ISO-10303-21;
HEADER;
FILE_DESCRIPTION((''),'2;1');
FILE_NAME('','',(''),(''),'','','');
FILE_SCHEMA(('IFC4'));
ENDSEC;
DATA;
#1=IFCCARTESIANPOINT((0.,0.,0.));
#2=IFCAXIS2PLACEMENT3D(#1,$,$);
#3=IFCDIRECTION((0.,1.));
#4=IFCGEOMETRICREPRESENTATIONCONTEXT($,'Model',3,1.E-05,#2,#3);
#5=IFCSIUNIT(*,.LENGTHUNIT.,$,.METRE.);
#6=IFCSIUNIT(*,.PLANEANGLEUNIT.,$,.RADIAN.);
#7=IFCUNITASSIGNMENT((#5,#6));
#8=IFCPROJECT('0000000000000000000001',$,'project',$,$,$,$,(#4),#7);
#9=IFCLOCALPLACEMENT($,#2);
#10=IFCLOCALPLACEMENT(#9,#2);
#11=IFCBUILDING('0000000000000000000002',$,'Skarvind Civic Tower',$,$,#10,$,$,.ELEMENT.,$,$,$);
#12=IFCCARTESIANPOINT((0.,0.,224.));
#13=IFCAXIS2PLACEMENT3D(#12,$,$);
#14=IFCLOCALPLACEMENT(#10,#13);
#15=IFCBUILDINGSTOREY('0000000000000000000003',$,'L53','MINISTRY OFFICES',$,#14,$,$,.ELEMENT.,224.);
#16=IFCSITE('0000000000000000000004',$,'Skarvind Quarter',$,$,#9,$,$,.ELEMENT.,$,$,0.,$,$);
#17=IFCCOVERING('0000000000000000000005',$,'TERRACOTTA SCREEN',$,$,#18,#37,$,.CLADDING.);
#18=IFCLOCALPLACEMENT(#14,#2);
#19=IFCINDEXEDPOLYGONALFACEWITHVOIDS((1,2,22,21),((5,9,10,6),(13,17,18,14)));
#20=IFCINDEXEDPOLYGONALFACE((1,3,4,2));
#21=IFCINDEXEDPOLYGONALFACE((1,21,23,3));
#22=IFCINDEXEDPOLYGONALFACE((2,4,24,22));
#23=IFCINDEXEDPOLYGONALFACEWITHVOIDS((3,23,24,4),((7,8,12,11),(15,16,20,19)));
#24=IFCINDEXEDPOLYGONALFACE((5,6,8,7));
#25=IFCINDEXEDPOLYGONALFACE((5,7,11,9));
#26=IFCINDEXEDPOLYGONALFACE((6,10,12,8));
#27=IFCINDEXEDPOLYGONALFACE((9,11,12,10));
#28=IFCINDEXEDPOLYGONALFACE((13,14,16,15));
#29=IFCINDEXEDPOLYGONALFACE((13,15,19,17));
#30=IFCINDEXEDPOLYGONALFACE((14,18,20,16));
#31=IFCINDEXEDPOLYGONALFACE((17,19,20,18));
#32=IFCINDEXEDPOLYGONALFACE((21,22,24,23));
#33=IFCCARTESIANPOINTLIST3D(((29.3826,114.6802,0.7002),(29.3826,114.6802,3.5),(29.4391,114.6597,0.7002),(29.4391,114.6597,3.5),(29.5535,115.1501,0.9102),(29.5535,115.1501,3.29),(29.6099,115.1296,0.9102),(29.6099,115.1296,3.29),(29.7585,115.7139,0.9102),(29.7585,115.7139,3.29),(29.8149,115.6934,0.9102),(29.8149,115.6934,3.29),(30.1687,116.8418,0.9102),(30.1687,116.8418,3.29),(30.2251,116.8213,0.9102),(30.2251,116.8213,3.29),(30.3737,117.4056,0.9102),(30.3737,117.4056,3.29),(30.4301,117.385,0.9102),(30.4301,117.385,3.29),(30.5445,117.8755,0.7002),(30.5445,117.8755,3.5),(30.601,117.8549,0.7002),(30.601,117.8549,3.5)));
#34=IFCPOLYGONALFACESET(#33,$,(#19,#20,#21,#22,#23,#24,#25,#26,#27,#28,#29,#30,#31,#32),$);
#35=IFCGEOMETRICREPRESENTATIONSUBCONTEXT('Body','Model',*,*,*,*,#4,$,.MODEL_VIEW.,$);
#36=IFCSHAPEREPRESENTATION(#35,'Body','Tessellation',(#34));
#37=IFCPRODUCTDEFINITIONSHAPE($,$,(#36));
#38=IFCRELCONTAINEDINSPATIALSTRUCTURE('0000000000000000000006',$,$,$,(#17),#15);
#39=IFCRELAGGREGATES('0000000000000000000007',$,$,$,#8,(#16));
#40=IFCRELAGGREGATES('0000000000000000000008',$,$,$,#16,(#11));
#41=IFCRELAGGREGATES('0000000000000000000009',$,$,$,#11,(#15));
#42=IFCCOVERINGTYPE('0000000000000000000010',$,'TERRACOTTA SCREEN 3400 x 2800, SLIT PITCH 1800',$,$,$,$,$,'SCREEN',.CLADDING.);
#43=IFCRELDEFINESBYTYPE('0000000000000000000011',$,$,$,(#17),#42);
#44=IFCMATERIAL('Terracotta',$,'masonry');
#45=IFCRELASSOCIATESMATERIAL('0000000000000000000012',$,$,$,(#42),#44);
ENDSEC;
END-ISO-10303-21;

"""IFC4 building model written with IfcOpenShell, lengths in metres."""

from ifc_helpers import new_model, si_unit, direction, frame, origin, place, context, subcontext, project, spatial, polyline, outline, extrude, material, material_profile, profile_set, type_object, element, save


model = new_model("IFC4")

# Units and contexts
model_context = context("Model", 3, precision=1e-05, world=origin(), true_north=direction((0.0, 1.0)))
body_context = subcontext(model_context, "Body", "Model", "MODEL_VIEW")
ifc_project = project(units=[si_unit("LENGTHUNIT", "METRE"), si_unit("PLANEANGLEUNIT", "RADIAN")], contexts=[model_context])

# Site, building, storey
site_placement = place(None, origin())
site = spatial("IfcSite", under=ifc_project, at=site_placement, Name="Skarvind Quarter", CompositionType="ELEMENT", RefElevation=0.0)
building_placement = place(site_placement, origin())
building = spatial("IfcBuilding", under=site, at=building_placement, Name="Skarvind Civic Tower", CompositionType="ELEMENT")
storey_placement = place(building_placement, frame((0.0, 0.0, 224.0)))
storey = spatial("IfcBuildingStorey", under=building, at=storey_placement, Name="L53", Description="MINISTRY OFFICES", CompositionType="ELEMENT", Elevation=224.0)

# Covering
ifc_material_1 = material(Name="Terracotta", Category="masonry")
ifc_material_profile_1 = material_profile(ifc_material_1, outline(polyline([(-1.7, -1.3999), (1.7, -1.3999), (1.7, 1.3999), (-1.7, 1.3999), (-1.7, -1.3999)]), holes=[polyline([(-1.2, -1.1899), (-0.6001, -1.1899), (-0.6001, 1.1899), (-1.2, 1.1899), (-1.2, -1.1899)]), polyline([(0.6001, -1.1899), (1.2, -1.1899), (1.2, 1.1899), (0.6001, 1.1899), (0.6001, -1.1899)])]), Name="TERRACOTTA SCREEN 3400 x 2800, SLIT PITCH 1800")
ifc_profile_set_1 = profile_set([ifc_material_profile_1], Name="Terracotta")
covering_type = type_object("IfcCoveringType", Name="TERRACOTTA SCREEN 3400 x 2800, SLIT PITCH 1800", ElementType="SCREEN", PredefinedType="CLADDING", material=ifc_profile_set_1)
covering_placement = place(storey_placement, frame((30.02, 116.2573, 2.1001), z_axis=(-0.939793, 0.341743, 0.0), x_axis=(-0.341743, -0.939793, 0.0)))
element("IfcCovering", 1, at=covering_placement, inside=storey, type_object=covering_type, Name="TERRACOTTA SCREEN", PredefinedType="CLADDING", context=body_context, shape_type="SweptSolid", body=[
    extrude(outline(polyline([(-1.7, -1.3999), (1.7, -1.3999), (1.7, 1.3999), (-1.7, 1.3999), (-1.7, -1.3999)]), holes=[polyline([(-1.2, -1.1899), (-0.6001, -1.1899), (-0.6001, 1.1899), (-1.2, 1.1899), (-1.2, -1.1899)]), polyline([(0.6001, -1.1899), (1.2, -1.1899), (1.2, 1.1899), (0.6001, 1.1899), (0.6001, -1.1899)])]), origin(), (0.0, 0.0, 1.0), 0.0601),
])

save(model, "model.ifc")
